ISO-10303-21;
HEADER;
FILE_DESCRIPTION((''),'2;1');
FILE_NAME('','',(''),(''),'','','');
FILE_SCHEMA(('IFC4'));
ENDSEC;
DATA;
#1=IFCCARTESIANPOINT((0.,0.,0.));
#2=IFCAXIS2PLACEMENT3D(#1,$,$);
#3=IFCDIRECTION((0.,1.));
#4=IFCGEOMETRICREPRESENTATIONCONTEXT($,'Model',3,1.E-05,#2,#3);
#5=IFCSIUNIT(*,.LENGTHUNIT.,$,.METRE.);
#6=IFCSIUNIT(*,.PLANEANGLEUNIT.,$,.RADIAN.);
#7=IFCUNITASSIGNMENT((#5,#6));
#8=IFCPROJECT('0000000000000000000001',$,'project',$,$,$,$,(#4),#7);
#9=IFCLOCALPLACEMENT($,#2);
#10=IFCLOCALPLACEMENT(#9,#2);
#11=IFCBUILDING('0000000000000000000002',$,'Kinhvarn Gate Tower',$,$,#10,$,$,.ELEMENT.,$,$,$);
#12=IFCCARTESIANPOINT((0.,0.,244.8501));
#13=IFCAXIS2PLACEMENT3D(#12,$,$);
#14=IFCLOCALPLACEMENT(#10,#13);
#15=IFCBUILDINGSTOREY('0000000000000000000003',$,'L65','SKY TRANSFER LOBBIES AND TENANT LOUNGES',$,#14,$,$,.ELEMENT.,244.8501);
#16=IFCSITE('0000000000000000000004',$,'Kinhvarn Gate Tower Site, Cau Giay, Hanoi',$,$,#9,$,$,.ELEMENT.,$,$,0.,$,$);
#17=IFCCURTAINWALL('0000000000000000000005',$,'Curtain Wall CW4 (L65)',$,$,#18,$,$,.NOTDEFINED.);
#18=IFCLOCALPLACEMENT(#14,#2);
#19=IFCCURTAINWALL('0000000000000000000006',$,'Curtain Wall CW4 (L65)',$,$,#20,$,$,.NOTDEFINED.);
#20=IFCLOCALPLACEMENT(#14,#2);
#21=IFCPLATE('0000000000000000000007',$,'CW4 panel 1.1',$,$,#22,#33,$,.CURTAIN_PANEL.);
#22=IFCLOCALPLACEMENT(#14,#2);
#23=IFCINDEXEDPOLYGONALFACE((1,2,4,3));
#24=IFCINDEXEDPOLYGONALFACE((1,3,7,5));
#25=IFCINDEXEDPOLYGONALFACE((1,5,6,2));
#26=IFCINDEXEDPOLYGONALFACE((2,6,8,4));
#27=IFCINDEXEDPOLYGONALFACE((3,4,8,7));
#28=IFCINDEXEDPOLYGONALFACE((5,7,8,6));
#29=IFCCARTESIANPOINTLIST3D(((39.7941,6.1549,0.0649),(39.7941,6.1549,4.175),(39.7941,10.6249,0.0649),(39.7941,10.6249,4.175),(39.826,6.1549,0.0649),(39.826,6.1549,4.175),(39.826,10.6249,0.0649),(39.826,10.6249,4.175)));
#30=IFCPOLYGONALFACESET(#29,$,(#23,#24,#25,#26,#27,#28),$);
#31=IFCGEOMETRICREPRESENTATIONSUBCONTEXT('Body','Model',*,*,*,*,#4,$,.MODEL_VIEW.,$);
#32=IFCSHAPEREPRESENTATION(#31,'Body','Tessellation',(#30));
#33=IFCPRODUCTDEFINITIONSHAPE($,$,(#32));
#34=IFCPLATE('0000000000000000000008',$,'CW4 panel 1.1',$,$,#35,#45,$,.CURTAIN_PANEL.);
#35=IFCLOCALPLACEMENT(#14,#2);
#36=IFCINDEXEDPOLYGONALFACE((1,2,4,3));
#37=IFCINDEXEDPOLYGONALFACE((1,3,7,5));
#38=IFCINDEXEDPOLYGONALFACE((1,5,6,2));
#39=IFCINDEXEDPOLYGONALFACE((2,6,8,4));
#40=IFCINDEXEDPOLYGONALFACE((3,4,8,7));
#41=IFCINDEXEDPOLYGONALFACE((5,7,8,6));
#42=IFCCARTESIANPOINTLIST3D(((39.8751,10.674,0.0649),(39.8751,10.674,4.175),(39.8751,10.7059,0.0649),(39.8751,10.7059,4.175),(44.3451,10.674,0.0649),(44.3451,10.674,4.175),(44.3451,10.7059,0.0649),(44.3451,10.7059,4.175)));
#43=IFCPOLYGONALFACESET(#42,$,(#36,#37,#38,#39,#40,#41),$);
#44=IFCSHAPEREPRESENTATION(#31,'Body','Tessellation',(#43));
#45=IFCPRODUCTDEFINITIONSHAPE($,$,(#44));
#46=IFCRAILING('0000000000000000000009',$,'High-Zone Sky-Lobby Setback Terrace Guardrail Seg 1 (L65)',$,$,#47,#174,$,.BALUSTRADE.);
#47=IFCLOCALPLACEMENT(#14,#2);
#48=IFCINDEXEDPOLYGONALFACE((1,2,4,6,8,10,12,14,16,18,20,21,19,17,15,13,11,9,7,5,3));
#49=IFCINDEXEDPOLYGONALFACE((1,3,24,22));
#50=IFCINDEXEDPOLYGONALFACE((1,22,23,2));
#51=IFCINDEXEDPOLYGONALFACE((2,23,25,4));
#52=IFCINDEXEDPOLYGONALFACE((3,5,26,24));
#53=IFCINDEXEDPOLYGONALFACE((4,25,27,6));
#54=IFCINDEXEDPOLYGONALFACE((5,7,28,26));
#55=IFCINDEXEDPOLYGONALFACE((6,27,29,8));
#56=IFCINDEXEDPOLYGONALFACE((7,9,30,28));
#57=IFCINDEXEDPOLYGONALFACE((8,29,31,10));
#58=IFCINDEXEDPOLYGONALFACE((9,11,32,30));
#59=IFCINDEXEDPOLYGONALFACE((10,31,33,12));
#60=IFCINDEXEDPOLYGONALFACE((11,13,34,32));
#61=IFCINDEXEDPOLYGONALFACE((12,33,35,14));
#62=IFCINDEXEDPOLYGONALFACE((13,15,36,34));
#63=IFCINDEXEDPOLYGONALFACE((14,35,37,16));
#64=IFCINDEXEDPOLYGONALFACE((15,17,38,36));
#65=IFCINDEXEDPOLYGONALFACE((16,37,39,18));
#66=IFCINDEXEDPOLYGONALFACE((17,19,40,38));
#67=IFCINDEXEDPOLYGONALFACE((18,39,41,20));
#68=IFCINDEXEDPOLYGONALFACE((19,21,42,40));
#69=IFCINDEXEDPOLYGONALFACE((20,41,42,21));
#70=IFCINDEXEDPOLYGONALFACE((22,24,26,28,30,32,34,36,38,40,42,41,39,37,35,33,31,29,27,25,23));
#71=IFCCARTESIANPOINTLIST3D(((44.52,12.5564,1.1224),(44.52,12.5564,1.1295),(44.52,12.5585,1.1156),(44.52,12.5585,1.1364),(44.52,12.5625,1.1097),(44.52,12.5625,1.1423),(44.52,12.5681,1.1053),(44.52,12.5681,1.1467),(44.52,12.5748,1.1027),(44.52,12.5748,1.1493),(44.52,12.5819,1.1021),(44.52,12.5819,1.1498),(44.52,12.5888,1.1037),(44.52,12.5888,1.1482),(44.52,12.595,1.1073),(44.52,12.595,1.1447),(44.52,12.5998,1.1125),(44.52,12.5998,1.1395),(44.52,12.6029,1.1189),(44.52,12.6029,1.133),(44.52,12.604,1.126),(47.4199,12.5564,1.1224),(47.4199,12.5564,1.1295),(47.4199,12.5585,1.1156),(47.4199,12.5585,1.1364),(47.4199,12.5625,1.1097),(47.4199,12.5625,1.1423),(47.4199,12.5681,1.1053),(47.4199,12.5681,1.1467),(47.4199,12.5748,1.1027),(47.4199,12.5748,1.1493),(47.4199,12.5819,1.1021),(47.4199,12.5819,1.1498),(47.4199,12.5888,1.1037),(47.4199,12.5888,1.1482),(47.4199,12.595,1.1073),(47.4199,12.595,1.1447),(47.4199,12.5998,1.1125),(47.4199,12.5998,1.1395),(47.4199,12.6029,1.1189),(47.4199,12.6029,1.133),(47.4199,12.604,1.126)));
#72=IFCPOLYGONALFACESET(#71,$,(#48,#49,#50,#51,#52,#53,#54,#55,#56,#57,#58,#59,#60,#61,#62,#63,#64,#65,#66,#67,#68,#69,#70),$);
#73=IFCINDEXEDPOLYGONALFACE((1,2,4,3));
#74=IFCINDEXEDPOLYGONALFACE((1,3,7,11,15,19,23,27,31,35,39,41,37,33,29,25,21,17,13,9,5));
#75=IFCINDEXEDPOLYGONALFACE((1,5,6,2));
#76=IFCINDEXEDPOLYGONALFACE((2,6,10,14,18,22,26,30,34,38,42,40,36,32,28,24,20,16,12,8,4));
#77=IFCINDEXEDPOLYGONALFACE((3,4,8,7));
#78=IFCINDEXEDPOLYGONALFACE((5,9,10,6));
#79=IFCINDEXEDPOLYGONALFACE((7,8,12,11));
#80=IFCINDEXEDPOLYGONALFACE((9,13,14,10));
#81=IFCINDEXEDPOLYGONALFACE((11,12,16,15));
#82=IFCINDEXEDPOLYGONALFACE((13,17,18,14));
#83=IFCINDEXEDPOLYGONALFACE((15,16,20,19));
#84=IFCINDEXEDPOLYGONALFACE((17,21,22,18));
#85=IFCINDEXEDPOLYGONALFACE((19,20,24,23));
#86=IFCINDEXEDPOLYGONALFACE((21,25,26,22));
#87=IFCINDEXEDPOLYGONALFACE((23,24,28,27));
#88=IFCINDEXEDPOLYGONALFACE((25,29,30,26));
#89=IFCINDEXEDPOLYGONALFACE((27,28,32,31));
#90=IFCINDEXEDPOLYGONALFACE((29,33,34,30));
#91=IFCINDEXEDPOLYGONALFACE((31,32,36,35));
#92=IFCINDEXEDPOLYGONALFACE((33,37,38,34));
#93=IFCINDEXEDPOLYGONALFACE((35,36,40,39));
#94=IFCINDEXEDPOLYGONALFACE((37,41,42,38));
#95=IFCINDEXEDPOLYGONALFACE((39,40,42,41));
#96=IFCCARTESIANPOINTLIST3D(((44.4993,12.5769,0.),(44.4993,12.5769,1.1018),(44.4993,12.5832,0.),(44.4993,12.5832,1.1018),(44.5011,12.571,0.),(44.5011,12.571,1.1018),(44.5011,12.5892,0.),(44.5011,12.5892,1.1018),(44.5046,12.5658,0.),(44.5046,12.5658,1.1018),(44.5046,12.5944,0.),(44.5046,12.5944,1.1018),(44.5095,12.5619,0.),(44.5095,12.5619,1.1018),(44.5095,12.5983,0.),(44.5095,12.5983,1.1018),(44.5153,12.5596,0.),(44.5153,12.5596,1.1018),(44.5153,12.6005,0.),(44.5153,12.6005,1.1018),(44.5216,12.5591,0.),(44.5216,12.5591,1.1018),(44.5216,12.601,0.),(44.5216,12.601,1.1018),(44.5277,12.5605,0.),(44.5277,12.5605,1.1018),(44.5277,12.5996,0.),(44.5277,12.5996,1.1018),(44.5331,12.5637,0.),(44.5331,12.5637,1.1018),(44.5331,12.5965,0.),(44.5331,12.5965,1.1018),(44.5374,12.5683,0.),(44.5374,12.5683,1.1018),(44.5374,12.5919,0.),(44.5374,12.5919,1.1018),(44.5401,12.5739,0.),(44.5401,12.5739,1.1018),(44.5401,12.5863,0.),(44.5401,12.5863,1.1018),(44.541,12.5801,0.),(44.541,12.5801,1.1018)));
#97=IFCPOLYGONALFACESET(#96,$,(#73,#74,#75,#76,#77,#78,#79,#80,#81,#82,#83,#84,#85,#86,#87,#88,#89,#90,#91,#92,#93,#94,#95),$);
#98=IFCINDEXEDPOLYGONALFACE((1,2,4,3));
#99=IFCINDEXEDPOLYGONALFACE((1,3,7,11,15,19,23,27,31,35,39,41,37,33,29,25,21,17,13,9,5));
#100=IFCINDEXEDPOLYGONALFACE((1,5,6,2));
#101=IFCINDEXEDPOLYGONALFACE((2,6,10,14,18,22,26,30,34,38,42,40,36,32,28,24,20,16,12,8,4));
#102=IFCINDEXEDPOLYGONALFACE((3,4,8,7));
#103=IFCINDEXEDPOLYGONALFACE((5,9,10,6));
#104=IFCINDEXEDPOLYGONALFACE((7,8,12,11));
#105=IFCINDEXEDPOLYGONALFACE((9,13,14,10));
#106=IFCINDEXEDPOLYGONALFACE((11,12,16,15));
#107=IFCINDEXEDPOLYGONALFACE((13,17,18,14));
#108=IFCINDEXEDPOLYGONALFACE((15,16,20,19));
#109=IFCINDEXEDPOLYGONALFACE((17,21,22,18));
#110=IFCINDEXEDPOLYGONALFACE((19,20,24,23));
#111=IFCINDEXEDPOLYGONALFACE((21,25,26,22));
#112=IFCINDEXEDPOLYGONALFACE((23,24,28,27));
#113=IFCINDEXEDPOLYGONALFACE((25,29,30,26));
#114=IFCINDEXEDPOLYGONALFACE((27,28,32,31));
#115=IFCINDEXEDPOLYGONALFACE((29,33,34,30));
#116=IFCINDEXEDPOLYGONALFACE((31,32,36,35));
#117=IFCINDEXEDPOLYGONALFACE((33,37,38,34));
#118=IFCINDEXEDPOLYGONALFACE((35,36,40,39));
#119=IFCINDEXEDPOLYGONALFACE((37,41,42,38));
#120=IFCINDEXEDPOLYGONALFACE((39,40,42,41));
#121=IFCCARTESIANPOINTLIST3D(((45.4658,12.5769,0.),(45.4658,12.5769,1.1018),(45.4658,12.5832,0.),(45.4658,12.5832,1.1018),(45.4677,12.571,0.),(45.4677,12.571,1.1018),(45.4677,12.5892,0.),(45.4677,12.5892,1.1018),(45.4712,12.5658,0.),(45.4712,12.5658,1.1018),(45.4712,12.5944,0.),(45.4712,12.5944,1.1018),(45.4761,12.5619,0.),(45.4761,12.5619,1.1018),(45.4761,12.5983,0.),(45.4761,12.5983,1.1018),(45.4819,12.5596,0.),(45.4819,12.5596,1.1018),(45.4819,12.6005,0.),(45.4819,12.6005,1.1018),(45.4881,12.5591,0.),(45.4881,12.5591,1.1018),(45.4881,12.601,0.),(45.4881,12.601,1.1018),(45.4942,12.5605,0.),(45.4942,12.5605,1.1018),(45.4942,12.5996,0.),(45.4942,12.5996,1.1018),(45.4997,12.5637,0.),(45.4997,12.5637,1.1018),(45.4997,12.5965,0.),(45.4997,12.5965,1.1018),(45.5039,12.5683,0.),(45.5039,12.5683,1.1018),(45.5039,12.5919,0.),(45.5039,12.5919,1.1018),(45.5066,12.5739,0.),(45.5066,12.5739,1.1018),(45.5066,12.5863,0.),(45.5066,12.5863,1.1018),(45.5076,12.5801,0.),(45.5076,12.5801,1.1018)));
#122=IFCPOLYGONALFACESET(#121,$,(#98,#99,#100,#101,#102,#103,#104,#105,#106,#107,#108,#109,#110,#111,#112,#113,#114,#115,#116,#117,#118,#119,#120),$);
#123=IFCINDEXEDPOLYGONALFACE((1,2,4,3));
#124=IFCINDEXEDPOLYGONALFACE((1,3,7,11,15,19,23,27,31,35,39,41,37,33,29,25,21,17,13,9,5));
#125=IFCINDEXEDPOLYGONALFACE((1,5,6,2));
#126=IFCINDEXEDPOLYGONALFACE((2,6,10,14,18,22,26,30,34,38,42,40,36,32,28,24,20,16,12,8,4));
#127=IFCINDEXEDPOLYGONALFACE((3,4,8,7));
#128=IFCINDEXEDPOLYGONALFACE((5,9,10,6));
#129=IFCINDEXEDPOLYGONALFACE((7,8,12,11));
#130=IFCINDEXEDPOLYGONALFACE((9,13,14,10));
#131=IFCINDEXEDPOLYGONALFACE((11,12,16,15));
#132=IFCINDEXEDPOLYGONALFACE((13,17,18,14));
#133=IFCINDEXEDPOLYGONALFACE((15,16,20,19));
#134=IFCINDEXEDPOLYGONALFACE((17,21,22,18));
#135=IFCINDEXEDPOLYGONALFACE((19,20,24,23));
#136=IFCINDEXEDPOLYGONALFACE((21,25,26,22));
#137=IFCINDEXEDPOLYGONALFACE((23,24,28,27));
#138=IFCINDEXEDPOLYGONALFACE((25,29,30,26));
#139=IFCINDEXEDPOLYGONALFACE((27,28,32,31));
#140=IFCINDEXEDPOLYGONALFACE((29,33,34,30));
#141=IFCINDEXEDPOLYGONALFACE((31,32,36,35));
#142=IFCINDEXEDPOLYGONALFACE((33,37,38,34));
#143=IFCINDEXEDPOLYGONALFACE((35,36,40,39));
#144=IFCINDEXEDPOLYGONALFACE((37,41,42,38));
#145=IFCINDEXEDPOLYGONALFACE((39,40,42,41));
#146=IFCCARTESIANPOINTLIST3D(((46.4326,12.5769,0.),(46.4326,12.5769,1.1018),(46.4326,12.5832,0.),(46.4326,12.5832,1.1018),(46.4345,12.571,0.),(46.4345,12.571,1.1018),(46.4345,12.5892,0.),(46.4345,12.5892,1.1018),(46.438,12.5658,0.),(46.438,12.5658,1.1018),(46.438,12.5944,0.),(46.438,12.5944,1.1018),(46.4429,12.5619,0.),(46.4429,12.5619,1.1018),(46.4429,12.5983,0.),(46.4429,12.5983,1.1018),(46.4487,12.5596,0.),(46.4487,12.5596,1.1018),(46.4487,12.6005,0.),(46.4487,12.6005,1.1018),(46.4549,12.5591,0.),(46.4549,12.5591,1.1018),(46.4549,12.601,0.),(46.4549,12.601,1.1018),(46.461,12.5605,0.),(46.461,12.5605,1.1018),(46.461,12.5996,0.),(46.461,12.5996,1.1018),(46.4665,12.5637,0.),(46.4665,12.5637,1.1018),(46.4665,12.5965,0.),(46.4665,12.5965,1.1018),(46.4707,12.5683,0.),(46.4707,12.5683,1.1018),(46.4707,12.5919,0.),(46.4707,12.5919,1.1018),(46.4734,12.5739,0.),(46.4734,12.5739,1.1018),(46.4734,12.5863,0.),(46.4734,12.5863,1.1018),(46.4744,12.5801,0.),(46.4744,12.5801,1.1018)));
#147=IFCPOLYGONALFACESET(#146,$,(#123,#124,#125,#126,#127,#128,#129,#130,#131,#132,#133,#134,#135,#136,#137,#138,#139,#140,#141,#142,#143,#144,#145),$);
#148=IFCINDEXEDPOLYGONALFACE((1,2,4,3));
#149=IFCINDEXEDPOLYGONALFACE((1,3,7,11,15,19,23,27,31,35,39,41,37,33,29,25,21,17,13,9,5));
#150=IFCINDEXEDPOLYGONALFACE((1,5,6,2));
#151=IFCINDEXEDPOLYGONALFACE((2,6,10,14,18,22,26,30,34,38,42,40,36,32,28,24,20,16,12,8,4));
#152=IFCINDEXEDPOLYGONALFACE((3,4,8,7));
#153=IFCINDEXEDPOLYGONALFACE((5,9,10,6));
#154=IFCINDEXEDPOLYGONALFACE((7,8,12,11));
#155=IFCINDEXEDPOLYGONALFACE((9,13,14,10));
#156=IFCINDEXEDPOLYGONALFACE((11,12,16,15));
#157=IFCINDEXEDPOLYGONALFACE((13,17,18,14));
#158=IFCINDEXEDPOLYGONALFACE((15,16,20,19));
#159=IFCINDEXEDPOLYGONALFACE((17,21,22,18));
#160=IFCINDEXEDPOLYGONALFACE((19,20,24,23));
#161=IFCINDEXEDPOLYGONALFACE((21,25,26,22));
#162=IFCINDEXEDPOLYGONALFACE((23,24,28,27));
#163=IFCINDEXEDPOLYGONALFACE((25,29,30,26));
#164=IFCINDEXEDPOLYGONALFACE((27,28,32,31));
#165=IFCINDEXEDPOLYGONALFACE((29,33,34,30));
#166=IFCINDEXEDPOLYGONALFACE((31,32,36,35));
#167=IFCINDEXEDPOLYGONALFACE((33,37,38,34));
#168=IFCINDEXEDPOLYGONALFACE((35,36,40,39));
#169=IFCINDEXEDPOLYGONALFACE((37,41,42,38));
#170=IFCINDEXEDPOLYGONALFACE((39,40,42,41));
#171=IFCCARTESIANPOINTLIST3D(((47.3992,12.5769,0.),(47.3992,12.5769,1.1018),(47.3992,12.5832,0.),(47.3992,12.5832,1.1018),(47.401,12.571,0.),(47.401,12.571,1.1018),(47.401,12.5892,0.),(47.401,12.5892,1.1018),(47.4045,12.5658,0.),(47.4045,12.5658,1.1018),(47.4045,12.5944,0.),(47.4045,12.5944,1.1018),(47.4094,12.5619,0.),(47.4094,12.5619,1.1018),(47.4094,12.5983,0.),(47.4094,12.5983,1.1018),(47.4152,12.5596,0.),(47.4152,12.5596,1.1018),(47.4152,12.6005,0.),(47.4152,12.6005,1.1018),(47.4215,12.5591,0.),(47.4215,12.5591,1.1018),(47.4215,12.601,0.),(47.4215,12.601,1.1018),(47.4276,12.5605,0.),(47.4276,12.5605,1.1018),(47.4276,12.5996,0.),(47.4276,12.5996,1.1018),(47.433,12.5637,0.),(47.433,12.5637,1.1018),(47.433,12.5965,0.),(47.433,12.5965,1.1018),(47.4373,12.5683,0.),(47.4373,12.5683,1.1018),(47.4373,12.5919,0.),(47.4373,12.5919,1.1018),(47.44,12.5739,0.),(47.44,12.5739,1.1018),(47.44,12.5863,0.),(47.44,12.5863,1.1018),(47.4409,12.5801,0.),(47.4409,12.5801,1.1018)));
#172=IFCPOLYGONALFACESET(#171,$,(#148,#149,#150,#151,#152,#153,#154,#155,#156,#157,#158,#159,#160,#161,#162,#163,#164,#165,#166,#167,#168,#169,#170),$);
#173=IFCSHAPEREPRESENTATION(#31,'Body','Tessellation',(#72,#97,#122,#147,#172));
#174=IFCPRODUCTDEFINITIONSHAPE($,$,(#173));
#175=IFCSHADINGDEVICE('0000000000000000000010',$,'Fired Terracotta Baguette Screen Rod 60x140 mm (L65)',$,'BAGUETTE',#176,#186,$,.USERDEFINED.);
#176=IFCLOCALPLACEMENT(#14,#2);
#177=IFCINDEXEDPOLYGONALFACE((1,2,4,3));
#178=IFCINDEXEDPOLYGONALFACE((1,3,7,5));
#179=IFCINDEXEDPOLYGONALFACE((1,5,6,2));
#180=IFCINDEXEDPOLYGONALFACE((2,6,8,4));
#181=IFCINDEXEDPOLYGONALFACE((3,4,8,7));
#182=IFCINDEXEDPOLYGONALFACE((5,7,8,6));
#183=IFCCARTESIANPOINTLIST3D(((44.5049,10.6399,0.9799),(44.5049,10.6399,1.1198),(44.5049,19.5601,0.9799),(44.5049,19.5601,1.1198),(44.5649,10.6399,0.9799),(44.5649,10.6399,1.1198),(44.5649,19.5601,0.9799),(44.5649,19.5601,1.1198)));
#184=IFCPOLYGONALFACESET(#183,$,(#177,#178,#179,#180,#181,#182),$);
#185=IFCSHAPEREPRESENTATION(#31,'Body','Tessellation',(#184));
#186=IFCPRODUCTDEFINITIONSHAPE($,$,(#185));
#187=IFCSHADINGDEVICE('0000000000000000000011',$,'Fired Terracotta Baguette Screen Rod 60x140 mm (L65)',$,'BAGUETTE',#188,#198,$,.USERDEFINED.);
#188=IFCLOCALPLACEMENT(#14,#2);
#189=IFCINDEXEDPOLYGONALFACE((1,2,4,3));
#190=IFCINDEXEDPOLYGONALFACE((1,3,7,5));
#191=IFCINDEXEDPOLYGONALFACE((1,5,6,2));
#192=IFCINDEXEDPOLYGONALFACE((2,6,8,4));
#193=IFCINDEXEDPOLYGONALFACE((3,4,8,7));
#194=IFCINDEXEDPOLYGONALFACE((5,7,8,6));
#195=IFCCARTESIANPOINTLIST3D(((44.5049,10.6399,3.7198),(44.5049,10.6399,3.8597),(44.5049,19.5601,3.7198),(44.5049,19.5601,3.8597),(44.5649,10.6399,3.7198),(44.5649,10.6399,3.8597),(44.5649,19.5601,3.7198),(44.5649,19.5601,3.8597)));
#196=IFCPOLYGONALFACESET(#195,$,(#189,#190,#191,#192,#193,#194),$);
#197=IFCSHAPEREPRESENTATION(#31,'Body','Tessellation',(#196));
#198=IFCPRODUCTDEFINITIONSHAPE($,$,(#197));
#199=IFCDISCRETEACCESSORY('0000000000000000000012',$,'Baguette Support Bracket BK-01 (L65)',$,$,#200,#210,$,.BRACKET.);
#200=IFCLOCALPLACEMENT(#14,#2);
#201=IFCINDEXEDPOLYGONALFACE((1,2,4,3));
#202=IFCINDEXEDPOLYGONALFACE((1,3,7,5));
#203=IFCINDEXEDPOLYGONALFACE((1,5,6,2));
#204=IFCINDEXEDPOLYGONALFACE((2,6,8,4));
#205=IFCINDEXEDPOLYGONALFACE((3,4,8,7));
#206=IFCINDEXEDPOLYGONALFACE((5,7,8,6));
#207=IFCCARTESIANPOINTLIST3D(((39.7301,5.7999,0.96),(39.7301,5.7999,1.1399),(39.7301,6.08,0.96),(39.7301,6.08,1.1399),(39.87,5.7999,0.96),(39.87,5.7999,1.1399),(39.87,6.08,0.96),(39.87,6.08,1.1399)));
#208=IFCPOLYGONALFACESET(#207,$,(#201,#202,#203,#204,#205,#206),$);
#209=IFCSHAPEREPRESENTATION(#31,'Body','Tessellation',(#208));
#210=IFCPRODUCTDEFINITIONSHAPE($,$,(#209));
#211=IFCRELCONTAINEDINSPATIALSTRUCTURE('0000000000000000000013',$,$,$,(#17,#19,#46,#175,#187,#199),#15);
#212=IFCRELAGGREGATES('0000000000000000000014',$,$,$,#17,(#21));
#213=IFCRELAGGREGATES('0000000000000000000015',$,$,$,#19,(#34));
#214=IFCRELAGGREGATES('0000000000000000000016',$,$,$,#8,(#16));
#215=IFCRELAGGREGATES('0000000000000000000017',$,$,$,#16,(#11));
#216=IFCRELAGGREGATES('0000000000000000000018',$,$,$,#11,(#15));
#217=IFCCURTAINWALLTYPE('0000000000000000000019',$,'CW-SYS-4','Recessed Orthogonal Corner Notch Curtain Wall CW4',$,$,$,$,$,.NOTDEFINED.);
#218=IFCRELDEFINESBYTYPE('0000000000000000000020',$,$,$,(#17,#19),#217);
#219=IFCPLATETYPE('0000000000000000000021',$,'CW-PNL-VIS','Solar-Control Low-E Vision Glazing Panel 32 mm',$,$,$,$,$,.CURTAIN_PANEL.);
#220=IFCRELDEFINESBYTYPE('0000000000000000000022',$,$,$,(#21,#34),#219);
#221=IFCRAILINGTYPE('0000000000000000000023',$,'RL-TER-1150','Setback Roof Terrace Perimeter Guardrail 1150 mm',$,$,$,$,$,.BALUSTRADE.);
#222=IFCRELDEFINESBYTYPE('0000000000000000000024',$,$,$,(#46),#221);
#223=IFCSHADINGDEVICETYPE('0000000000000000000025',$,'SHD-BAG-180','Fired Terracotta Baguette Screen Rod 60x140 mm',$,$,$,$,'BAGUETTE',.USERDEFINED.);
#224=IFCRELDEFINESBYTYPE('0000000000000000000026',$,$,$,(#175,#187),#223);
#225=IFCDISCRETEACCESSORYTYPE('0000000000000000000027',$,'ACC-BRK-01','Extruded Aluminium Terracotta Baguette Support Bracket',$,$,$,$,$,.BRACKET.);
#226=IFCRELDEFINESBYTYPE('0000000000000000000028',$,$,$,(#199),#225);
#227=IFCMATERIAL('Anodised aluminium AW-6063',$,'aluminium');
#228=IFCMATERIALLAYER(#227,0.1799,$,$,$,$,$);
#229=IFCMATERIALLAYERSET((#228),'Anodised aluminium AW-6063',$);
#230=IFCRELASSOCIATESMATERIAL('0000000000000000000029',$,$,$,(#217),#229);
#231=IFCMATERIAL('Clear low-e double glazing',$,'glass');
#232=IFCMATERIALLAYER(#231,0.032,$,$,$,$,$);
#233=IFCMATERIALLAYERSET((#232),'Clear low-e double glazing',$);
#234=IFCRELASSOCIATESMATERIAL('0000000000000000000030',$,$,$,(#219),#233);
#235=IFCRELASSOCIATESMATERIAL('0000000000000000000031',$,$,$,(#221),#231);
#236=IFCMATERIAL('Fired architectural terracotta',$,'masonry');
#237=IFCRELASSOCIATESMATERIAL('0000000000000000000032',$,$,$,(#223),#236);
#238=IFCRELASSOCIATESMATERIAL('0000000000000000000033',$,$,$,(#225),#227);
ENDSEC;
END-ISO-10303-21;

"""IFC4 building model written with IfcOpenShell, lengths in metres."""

from ifc_helpers import new_model, si_unit, direction, frame, origin, origin_2d, place, context, subcontext, project, spatial, rectangle, circle, extrude, material, layer, layer_set, material_profile, profile_set, type_object, element, aggregate, save


model = new_model("IFC4")

# Units and contexts
model_context = context("Model", 3, precision=1e-05, world=origin(), true_north=direction((0.0, 1.0)))
body_context = subcontext(model_context, "Body", "Model", "MODEL_VIEW")
ifc_project = project(units=[si_unit("LENGTHUNIT", "METRE"), si_unit("PLANEANGLEUNIT", "RADIAN")], contexts=[model_context])

# Site, building, storey
site_placement = place(None, origin())
site = spatial("IfcSite", under=ifc_project, at=site_placement, Name="Kinhvarn Gate Tower Site, Cau Giay, Hanoi", CompositionType="ELEMENT", RefElevation=0.0)
building_placement = place(site_placement, origin())
building = spatial("IfcBuilding", under=site, at=building_placement, Name="Kinhvarn Gate Tower", CompositionType="ELEMENT")
storey_placement = place(building_placement, frame((0.0, 0.0, 244.8501)))
storey = spatial("IfcBuildingStorey", under=building, at=storey_placement, Name="L65", Description="SKY TRANSFER LOBBIES AND TENANT LOUNGES", CompositionType="ELEMENT", Elevation=244.8501)

# Curtain walls
ifc_material_1 = material(Name="Anodised aluminium AW-6063", Category="aluminium")
ifc_layer_1 = layer(ifc_material_1, 0.1799)
ifc_layer_set_1 = layer_set([ifc_layer_1], Name="Anodised aluminium AW-6063")
curtain_wall_type_1 = type_object("IfcCurtainWallType", Name="CW-SYS-4", Description="Recessed Orthogonal Corner Notch Curtain Wall CW4", PredefinedType="NOTDEFINED", material=ifc_layer_set_1)
curtain_wall_1_placement = place(storey_placement, origin())
curtain_wall_1 = element("IfcCurtainWall", 1, at=curtain_wall_1_placement, inside=storey, type_object=curtain_wall_type_1, Name="Curtain Wall CW4 (L65)", PredefinedType="NOTDEFINED")
curtain_wall_2_placement = place(storey_placement, origin())
curtain_wall_2 = element("IfcCurtainWall", 2, at=curtain_wall_2_placement, inside=storey, type_object=curtain_wall_type_1, Name="Curtain Wall CW4 (L65)", PredefinedType="NOTDEFINED")

# Plates
ifc_material_2 = material(Name="Clear low-e double glazing", Category="glass")
ifc_layer_2 = layer(ifc_material_2, 0.032)
ifc_layer_set_2 = layer_set([ifc_layer_2], Name="Clear low-e double glazing")
plate_type = type_object("IfcPlateType", Name="CW-PNL-VIS", Description="Solar-Control Low-E Vision Glazing Panel 32 mm", PredefinedType="CURTAIN_PANEL", material=ifc_layer_set_2)
plate_1_placement = place(storey_placement, frame((39.8101, 8.3899, 0.0649), z_axis=(0.0, 0.0, 1.0), x_axis=(0.0, 1.0, 0.0)))
plate_1 = element("IfcPlate", 3, at=plate_1_placement, type_object=plate_type, Name="CW4 panel 1.1", PredefinedType="CURTAIN_PANEL", context=body_context, shape_type="SweptSolid", body=[
    extrude(rectangle(XDim=4.47, YDim=0.032, at=origin_2d()), origin(), (0.0, 0.0, 1.0), 4.1101),
])
aggregate(curtain_wall_1, [plate_1])
plate_2_placement = place(storey_placement, frame((42.1101, 10.6899, 0.0649), z_axis=(0.0, 0.0, 1.0), x_axis=(1.0, 0.0, 0.0)))
plate_2 = element("IfcPlate", 4, at=plate_2_placement, type_object=plate_type, Name="CW4 panel 1.1", PredefinedType="CURTAIN_PANEL", context=body_context, shape_type="SweptSolid", body=[
    extrude(rectangle(XDim=4.47, YDim=0.032, at=origin_2d()), origin(), (0.0, 0.0, 1.0), 4.1101),
])
aggregate(curtain_wall_2, [plate_2])

# Railing
railing_type = type_object("IfcRailingType", Name="RL-TER-1150", Description="Setback Roof Terrace Perimeter Guardrail 1150 mm", PredefinedType="BALUSTRADE", material=ifc_material_2)
railing_1_placement = place(storey_placement, frame((44.52, 12.5801, 0.0)))
element("IfcRailing", 5, at=railing_1_placement, inside=storey, type_object=railing_type, Name="High-Zone Sky-Lobby Setback Terrace Guardrail Seg 1 (L65)", PredefinedType="BALUSTRADE", context=body_context, shape_type="SweptSolid", body=[
    extrude(circle(Radius=0.0239, at=origin_2d()), frame((0.0, 0.0, 1.126), z_axis=(1.0, 0.0, 0.0), x_axis=(0.0, 1.0, 0.0)), (0.0, 0.0, 1.0), 2.8999),
    extrude(circle(Radius=0.021, at=origin_2d()), origin(), (0.0, 0.0, 1.0), 1.1018),
    extrude(circle(Radius=0.021, at=origin_2d()), frame((0.9666, 0.0, 0.0)), (0.0, 0.0, 1.0), 1.1018),
    extrude(circle(Radius=0.021, at=origin_2d()), frame((1.9333, 0.0, 0.0)), (0.0, 0.0, 1.0), 1.1018),
    extrude(circle(Radius=0.021, at=origin_2d()), frame((2.8999, 0.0, 0.0)), (0.0, 0.0, 1.0), 1.1018),
])

# Shading devices
ifc_material_3 = material(Name="Fired architectural terracotta", Category="masonry")
ifc_material_profile_1 = material_profile(ifc_material_3, rectangle(XDim=0.0601, YDim=0.1399, at=origin_2d()), Name="TC 60x140")
ifc_profile_set_1 = profile_set([ifc_material_profile_1], Name="Fired architectural terracotta")
shading_device_type = type_object("IfcShadingDeviceType", Name="SHD-BAG-180", Description="Fired Terracotta Baguette Screen Rod 60x140 mm", ElementType="BAGUETTE", PredefinedType="USERDEFINED", material=ifc_profile_set_1)
for number, where, z_axis, x_axis, name in (
    (6, (44.5349, 10.6399, 1.0498), (0.0, 1.0, 0.0), (-1.0, 0.0, 0.0), "Fired Terracotta Baguette Screen Rod 60x140 mm (L65)"),
    (7, (44.5349, 10.6399, 3.7898), (0.0, 1.0, 0.0), (-1.0, 0.0, 0.0), "Fired Terracotta Baguette Screen Rod 60x140 mm (L65)"),
):
    element("IfcShadingDevice", number, at=place(storey_placement, frame(where, z_axis=z_axis, x_axis=x_axis)), inside=storey, type_object=shading_device_type, Name=name, ObjectType="BAGUETTE", PredefinedType="USERDEFINED", context=body_context, shape_type="SweptSolid", body=[
        extrude(rectangle(XDim=0.0601, YDim=0.1399, at=origin_2d()), origin(), (0.0, 0.0, 1.0), 8.9202),
    ])

# Discrete accessory
discrete_accessory_type = type_object("IfcDiscreteAccessoryType", Name="ACC-BRK-01", Description="Extruded Aluminium Terracotta Baguette Support Bracket", PredefinedType="BRACKET", material=ifc_material_1)
for number, where, z_axis, x_axis, name in (
    (8, (39.8, 5.9399, 0.96), (0.0, 0.0, 1.0), (1.0, 0.0, 0.0), "Baguette Support Bracket BK-01 (L65)"),
):
    element("IfcDiscreteAccessory", number, at=place(storey_placement, frame(where, z_axis=z_axis, x_axis=x_axis)), inside=storey, type_object=discrete_accessory_type, Name=name, PredefinedType="BRACKET", context=body_context, shape_type="SweptSolid", body=[
        extrude(rectangle(XDim=0.1399, YDim=0.28, at=origin_2d()), origin(), (0.0, 0.0, 1.0), 0.1799),
    ])

save(model, "model.ifc")
